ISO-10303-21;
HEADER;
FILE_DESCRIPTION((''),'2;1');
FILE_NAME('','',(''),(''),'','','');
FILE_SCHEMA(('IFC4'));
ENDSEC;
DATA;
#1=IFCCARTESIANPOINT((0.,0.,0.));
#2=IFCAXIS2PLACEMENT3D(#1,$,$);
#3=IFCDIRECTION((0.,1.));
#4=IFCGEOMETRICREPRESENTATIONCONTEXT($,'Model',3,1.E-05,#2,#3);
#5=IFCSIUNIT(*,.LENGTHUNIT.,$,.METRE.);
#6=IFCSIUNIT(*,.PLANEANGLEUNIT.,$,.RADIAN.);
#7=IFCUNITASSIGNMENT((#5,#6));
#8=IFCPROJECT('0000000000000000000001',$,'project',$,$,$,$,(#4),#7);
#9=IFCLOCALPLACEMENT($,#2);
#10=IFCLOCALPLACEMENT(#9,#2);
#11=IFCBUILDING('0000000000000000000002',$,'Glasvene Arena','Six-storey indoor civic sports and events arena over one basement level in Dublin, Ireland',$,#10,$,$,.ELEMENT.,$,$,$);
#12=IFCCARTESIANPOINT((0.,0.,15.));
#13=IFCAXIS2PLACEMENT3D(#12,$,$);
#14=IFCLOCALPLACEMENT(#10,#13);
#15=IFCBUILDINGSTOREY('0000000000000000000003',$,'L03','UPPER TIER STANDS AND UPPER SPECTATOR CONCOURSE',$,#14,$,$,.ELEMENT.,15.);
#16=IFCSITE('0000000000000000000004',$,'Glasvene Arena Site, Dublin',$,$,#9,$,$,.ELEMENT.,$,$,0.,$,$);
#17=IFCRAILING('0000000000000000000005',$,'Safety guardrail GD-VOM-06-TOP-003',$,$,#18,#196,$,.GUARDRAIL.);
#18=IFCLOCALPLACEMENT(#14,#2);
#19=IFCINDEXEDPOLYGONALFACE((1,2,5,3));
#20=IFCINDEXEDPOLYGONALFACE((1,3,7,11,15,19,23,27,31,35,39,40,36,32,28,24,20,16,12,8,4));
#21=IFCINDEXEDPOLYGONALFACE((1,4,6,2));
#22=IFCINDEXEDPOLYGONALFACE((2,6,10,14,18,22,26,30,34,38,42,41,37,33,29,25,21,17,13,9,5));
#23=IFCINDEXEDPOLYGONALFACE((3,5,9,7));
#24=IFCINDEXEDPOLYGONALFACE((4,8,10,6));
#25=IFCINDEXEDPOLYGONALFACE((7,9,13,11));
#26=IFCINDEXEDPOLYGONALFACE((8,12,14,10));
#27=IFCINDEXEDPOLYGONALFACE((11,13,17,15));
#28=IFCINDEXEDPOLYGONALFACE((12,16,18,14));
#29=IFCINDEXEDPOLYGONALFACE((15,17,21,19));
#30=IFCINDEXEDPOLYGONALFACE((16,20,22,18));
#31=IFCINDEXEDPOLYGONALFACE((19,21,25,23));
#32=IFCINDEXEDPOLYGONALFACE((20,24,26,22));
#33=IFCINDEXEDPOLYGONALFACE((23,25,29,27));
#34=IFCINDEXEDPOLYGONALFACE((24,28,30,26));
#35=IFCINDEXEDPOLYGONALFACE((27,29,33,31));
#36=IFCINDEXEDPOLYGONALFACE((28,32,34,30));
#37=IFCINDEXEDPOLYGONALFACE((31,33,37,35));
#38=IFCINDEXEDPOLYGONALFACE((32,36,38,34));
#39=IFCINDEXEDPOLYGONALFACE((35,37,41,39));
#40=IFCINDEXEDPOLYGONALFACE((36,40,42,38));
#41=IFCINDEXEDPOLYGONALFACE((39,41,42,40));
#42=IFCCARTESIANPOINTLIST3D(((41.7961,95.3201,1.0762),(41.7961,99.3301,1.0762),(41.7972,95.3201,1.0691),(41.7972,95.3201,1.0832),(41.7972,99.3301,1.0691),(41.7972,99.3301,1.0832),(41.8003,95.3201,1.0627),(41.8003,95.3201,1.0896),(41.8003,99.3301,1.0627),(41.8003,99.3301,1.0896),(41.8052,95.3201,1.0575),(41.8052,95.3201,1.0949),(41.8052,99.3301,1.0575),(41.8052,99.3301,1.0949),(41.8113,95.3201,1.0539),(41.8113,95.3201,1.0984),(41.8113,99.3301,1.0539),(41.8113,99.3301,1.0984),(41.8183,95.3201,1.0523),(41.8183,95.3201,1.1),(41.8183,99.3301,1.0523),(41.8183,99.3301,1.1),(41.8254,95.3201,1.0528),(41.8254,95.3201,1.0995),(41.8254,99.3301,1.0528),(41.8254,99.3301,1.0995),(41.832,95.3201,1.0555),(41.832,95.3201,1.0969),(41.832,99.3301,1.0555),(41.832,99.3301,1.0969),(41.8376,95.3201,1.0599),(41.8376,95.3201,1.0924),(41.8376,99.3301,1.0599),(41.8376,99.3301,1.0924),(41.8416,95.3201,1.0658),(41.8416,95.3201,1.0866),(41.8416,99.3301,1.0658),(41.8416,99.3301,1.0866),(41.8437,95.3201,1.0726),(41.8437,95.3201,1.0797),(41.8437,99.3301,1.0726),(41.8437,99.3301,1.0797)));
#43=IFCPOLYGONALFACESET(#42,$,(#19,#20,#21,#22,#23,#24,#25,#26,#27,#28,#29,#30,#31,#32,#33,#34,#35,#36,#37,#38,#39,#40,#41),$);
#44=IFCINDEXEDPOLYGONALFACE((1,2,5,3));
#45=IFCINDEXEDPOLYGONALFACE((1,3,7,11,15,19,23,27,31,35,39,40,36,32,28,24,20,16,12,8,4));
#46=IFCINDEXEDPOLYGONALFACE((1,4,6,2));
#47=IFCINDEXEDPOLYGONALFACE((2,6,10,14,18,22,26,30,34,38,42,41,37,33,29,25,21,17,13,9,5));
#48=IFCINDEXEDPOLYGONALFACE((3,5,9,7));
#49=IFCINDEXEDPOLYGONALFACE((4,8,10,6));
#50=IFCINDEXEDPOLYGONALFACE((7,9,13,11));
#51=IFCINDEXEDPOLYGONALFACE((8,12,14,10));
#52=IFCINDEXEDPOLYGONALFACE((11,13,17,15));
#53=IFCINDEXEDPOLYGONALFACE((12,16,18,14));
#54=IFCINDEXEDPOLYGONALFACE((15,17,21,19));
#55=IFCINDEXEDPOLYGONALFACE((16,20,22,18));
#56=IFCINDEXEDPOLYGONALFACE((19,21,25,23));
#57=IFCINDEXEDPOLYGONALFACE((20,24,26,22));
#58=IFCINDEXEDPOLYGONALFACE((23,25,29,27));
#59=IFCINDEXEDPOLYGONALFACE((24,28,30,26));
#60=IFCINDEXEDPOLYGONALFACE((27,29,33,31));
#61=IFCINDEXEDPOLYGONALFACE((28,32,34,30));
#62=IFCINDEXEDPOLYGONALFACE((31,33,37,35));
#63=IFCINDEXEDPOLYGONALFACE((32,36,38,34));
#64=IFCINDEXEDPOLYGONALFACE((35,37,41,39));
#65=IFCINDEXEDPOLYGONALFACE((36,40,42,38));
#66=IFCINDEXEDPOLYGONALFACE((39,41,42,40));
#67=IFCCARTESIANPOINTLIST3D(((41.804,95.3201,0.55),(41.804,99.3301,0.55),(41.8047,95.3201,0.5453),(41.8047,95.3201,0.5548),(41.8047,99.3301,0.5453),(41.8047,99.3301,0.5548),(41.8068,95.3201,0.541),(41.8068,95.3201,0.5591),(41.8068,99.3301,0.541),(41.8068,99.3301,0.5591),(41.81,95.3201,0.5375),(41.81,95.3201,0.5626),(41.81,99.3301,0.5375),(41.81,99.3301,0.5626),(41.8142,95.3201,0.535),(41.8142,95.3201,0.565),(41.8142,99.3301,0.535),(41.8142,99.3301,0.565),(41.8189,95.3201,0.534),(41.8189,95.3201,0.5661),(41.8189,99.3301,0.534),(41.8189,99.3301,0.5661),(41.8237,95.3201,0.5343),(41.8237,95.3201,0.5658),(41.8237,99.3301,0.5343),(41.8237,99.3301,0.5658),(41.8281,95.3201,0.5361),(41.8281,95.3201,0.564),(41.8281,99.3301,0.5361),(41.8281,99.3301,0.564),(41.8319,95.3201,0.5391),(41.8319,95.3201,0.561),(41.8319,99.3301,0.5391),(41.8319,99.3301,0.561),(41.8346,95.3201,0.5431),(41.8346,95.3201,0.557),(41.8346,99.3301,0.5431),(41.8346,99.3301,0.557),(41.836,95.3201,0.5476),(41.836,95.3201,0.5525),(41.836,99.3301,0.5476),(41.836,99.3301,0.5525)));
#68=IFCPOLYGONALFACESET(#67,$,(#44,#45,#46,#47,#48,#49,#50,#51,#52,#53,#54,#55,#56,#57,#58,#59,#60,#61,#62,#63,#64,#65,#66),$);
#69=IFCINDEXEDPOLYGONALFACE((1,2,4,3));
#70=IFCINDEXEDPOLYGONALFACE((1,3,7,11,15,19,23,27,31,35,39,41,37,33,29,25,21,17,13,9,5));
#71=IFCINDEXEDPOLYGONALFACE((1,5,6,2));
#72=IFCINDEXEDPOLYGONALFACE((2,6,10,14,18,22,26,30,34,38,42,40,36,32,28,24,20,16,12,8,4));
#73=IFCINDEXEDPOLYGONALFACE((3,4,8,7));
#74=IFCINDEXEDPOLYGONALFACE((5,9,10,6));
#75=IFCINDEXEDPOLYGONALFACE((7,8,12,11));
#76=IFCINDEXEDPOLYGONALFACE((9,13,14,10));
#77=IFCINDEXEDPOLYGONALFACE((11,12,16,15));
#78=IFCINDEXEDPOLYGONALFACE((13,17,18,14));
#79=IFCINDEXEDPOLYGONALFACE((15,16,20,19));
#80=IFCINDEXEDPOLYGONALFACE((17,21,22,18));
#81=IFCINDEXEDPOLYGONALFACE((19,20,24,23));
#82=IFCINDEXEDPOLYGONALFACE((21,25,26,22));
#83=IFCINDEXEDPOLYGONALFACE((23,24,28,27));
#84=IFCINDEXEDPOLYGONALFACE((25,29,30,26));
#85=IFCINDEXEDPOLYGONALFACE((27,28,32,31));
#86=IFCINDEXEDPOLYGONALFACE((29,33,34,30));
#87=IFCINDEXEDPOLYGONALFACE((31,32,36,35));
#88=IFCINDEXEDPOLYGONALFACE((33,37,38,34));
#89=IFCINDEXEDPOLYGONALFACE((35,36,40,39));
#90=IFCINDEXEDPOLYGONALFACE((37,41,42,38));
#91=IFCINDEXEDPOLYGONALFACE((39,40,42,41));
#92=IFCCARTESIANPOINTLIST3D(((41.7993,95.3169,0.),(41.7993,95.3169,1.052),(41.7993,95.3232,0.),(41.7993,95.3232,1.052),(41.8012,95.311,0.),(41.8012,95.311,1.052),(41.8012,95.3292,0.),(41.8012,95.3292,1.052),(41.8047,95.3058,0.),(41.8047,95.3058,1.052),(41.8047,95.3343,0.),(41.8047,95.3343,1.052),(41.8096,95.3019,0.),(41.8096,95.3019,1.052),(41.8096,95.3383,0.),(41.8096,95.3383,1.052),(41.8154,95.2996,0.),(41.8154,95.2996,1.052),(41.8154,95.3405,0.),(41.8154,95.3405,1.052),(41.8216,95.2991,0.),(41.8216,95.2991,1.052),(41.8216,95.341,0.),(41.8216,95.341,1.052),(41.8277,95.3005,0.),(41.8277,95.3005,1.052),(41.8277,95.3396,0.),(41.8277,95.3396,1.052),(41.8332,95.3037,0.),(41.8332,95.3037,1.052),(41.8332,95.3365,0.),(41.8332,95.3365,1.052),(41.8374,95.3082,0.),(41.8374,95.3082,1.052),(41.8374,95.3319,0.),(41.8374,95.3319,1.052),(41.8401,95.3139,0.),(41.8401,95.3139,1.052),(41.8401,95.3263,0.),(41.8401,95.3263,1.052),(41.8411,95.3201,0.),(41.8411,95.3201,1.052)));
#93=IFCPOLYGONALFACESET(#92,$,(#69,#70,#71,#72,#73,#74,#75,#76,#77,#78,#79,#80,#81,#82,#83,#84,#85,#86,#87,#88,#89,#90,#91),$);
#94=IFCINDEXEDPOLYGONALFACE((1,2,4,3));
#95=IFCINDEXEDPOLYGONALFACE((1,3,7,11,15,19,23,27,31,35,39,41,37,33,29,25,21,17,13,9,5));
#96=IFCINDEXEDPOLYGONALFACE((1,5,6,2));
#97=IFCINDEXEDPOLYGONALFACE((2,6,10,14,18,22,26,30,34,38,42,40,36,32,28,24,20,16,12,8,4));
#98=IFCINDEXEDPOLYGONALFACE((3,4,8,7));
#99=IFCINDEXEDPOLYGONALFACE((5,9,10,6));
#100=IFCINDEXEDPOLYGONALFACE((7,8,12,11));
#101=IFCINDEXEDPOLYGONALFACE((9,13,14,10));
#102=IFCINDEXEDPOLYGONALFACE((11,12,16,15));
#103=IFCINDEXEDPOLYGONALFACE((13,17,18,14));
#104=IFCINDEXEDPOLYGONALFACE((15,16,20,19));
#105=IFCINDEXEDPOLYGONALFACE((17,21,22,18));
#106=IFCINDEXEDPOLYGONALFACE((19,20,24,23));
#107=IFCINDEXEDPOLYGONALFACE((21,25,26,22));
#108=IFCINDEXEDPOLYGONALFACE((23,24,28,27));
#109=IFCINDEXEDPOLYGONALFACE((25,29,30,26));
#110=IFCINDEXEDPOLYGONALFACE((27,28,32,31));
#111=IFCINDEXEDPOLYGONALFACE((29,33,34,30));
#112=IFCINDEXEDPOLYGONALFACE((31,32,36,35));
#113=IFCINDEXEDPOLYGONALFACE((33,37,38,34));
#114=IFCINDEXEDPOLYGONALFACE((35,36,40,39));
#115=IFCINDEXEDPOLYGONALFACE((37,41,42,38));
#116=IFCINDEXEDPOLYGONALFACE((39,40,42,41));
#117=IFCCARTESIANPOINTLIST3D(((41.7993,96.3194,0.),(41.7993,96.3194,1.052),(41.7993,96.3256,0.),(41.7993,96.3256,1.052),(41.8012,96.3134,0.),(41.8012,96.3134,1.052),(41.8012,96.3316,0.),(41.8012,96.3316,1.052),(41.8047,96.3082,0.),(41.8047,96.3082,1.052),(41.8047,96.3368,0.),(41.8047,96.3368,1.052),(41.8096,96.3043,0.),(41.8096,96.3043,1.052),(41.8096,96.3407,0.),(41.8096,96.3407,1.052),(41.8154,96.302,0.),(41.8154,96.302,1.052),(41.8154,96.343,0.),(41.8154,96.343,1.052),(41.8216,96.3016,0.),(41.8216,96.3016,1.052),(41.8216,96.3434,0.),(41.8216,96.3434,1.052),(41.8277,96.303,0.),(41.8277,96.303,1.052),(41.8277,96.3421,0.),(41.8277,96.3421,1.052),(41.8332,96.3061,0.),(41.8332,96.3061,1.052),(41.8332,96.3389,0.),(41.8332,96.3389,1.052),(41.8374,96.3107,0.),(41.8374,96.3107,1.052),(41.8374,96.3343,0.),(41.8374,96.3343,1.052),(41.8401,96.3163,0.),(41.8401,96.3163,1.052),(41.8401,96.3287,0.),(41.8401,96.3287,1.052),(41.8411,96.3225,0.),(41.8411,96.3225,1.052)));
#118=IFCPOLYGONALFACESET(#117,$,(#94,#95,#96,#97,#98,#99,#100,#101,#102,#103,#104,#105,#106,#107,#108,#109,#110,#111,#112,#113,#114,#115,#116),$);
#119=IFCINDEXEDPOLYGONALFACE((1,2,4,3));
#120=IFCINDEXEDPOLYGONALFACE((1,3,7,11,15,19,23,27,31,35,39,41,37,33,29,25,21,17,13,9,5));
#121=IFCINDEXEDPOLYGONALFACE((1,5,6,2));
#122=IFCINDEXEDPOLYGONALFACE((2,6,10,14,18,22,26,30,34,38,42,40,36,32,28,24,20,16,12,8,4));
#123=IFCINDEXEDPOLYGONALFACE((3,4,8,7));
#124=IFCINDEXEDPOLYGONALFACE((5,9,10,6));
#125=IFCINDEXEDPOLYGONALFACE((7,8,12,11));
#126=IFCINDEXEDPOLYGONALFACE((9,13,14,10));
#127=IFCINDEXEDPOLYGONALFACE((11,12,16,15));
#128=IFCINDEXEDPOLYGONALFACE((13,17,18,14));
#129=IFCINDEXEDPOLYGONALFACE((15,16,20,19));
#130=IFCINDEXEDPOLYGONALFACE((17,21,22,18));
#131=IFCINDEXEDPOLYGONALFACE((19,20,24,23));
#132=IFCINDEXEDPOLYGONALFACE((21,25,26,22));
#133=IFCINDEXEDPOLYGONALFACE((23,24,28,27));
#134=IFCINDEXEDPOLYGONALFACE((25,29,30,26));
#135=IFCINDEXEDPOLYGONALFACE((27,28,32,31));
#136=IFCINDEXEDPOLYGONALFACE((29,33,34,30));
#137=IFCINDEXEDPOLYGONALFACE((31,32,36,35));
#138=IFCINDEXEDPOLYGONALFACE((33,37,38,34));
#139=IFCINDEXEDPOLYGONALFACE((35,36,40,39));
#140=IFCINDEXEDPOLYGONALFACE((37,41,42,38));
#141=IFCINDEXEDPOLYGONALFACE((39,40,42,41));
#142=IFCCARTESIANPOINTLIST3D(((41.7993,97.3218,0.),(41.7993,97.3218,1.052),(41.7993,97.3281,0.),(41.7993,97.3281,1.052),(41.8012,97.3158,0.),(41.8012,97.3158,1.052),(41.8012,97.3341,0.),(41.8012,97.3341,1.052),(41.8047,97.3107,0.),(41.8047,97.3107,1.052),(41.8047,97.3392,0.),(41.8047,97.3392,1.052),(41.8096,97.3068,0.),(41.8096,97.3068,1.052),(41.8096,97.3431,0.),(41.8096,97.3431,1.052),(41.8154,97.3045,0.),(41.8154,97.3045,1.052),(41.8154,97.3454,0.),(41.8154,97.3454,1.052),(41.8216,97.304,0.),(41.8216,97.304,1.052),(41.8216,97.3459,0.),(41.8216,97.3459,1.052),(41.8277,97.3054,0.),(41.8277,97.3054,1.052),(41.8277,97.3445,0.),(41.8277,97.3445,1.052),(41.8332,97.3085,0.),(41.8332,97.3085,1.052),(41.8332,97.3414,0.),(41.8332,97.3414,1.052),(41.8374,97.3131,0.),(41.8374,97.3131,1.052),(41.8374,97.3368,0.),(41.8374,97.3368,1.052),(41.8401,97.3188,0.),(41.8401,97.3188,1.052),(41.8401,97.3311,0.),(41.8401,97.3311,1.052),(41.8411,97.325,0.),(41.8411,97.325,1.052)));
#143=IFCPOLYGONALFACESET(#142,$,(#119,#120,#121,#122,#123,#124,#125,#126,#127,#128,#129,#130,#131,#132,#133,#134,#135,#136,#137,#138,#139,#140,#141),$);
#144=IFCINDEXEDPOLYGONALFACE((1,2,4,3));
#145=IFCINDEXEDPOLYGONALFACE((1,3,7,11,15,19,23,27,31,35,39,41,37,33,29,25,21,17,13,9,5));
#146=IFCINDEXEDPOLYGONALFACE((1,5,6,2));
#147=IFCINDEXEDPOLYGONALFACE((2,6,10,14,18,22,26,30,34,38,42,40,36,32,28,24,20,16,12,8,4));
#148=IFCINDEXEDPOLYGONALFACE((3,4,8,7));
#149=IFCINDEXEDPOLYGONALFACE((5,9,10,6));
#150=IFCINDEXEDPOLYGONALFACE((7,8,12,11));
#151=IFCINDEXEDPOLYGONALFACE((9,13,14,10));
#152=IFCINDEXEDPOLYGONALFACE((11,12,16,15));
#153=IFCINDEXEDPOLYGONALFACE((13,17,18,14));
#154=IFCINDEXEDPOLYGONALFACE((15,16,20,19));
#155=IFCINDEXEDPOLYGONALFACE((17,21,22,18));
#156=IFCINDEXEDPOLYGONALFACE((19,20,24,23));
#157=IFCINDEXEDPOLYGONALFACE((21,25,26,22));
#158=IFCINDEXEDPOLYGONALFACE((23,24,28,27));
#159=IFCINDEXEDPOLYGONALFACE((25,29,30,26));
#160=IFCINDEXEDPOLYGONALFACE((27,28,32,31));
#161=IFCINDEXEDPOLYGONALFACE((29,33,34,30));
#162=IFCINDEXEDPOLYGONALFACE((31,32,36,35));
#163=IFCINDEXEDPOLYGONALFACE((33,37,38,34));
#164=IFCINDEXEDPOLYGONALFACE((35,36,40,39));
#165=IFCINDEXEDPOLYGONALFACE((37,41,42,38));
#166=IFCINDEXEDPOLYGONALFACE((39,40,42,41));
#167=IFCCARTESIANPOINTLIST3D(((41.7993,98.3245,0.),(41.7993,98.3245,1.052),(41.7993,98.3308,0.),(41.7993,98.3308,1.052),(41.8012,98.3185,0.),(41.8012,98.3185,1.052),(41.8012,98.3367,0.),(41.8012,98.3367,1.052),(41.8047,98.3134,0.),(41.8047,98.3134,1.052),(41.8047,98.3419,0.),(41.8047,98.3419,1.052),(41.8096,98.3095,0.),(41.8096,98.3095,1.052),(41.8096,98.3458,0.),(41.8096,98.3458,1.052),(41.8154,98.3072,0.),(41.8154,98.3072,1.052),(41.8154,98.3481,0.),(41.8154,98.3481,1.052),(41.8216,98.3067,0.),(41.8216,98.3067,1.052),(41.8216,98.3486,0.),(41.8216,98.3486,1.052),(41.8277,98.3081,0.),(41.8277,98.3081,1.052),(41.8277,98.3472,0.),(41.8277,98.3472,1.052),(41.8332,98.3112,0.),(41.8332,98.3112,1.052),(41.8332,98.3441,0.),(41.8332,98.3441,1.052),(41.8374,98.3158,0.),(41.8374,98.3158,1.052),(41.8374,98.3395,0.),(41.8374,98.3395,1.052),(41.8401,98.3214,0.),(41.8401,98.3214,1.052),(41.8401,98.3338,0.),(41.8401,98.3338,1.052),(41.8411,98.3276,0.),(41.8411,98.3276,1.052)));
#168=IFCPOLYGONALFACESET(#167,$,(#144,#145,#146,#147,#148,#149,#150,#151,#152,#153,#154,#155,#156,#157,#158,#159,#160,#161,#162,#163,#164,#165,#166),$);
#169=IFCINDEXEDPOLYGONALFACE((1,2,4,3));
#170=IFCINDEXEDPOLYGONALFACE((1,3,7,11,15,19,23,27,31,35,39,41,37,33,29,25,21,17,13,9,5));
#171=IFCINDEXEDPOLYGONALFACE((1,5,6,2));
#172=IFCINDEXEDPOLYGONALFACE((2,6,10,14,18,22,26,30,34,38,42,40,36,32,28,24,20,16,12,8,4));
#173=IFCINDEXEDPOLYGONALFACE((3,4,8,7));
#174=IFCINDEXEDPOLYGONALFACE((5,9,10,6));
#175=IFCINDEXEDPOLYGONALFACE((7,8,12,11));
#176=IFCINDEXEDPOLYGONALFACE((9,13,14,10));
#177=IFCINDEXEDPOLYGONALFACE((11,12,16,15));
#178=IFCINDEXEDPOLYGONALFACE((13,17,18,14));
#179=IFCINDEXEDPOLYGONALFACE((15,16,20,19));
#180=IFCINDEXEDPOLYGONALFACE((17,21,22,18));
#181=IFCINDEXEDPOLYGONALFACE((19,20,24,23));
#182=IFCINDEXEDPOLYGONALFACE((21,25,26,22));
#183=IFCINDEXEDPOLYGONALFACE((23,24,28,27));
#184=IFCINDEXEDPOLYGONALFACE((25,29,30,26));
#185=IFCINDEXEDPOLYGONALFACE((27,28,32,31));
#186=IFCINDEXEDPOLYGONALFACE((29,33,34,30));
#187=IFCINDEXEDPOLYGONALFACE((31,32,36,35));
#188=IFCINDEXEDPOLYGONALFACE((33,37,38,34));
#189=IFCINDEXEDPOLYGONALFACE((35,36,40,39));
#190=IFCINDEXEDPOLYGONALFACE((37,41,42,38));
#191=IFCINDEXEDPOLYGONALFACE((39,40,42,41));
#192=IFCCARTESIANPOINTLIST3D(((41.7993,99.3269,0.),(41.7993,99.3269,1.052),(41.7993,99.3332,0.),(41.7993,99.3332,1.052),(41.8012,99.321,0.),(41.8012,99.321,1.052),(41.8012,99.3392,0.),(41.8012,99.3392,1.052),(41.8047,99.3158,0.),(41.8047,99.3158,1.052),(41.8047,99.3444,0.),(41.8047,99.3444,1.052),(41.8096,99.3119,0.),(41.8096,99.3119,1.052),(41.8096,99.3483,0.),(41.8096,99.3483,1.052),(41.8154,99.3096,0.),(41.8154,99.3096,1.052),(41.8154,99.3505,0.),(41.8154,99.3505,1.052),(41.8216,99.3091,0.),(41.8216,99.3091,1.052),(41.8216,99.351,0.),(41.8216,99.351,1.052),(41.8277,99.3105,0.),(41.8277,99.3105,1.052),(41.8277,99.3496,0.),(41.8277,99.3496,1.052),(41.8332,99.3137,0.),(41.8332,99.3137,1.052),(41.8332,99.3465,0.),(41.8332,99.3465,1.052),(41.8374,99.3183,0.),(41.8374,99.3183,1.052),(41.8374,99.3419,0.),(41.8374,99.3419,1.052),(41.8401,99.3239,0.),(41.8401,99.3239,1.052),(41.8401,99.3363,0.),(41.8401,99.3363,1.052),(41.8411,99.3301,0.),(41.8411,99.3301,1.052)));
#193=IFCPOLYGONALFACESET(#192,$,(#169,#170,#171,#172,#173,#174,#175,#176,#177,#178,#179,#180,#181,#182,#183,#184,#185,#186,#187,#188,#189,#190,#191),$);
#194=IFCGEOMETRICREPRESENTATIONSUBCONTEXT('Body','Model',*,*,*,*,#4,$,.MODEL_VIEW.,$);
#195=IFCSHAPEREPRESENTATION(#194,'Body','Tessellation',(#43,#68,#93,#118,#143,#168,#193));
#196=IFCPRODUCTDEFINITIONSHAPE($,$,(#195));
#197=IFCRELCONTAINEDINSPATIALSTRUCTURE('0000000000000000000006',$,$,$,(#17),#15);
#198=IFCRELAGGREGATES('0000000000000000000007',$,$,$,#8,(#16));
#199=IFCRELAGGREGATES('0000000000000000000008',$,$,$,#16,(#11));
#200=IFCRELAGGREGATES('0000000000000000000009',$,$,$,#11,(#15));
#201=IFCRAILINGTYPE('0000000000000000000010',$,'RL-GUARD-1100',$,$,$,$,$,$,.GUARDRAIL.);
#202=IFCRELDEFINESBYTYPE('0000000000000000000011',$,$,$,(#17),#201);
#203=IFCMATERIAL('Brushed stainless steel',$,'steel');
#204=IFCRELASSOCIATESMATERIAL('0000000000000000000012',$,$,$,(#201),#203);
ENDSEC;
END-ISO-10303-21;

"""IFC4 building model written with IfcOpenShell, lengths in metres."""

from ifc_helpers import new_model, si_unit, direction, frame, origin, origin_2d, place, context, subcontext, project, spatial, circle, extrude, material, type_object, element, save


model = new_model("IFC4")

# Units and contexts
model_context = context("Model", 3, precision=1e-05, world=origin(), true_north=direction((0.0, 1.0)))
body_context = subcontext(model_context, "Body", "Model", "MODEL_VIEW")
ifc_project = project(units=[si_unit("LENGTHUNIT", "METRE"), si_unit("PLANEANGLEUNIT", "RADIAN")], contexts=[model_context])

# Site, building, storey
site_placement = place(None, origin())
site = spatial("IfcSite", under=ifc_project, at=site_placement, Name="Glasvene Arena Site, Dublin", CompositionType="ELEMENT", RefElevation=0.0)
building_placement = place(site_placement, origin())
building = spatial("IfcBuilding", under=site, at=building_placement, Name="Glasvene Arena", Description="Six-storey indoor civic sports and events arena over one basement level in Dublin, Ireland", CompositionType="ELEMENT")
storey_placement = place(building_placement, frame((0.0, 0.0, 15.0)))
storey = spatial("IfcBuildingStorey", under=building, at=storey_placement, Name="L03", Description="UPPER TIER STANDS AND UPPER SPECTATOR CONCOURSE", CompositionType="ELEMENT", Elevation=15.0)

# Railing
ifc_material_1 = material(Name="Brushed stainless steel", Category="steel")
railing_type_1 = type_object("IfcRailingType", Name="RL-GUARD-1100", PredefinedType="GUARDRAIL", material=ifc_material_1)
railing_1_placement = place(storey_placement, frame((41.8201, 95.3201, 0.0)))
element("IfcRailing", 1, at=railing_1_placement, inside=storey, type_object=railing_type_1, Name="Safety guardrail GD-VOM-06-TOP-003", PredefinedType="GUARDRAIL", context=body_context, shape_type="SweptSolid", body=[
    extrude(circle(Radius=0.0239, at=origin_2d()), frame((0.0, 0.0, 1.0762), z_axis=(0.0, 1.0, 0.0), x_axis=(-1.0, 0.0, 0.0)), (0.0, 0.0, 1.0), 4.01),
    extrude(circle(Radius=0.0161, at=origin_2d()), frame((0.0, 0.0, 0.55), z_axis=(0.0, 1.0, 0.0), x_axis=(-1.0, 0.0, 0.0)), (0.0, 0.0, 1.0), 4.01),
    extrude(circle(Radius=0.021, at=origin_2d()), origin(), (0.0, 0.0, 1.0), 1.052),
    extrude(circle(Radius=0.021, at=origin_2d()), frame((0.0, 1.0024, 0.0)), (0.0, 0.0, 1.0), 1.052),
    extrude(circle(Radius=0.021, at=origin_2d()), frame((0.0, 2.0049, 0.0)), (0.0, 0.0, 1.0), 1.052),
    extrude(circle(Radius=0.021, at=origin_2d()), frame((0.0, 3.0076, 0.0)), (0.0, 0.0, 1.0), 1.052),
    extrude(circle(Radius=0.021, at=origin_2d()), frame((0.0, 4.01, 0.0)), (0.0, 0.0, 1.0), 1.052),
])

save(model, "model.ifc")
